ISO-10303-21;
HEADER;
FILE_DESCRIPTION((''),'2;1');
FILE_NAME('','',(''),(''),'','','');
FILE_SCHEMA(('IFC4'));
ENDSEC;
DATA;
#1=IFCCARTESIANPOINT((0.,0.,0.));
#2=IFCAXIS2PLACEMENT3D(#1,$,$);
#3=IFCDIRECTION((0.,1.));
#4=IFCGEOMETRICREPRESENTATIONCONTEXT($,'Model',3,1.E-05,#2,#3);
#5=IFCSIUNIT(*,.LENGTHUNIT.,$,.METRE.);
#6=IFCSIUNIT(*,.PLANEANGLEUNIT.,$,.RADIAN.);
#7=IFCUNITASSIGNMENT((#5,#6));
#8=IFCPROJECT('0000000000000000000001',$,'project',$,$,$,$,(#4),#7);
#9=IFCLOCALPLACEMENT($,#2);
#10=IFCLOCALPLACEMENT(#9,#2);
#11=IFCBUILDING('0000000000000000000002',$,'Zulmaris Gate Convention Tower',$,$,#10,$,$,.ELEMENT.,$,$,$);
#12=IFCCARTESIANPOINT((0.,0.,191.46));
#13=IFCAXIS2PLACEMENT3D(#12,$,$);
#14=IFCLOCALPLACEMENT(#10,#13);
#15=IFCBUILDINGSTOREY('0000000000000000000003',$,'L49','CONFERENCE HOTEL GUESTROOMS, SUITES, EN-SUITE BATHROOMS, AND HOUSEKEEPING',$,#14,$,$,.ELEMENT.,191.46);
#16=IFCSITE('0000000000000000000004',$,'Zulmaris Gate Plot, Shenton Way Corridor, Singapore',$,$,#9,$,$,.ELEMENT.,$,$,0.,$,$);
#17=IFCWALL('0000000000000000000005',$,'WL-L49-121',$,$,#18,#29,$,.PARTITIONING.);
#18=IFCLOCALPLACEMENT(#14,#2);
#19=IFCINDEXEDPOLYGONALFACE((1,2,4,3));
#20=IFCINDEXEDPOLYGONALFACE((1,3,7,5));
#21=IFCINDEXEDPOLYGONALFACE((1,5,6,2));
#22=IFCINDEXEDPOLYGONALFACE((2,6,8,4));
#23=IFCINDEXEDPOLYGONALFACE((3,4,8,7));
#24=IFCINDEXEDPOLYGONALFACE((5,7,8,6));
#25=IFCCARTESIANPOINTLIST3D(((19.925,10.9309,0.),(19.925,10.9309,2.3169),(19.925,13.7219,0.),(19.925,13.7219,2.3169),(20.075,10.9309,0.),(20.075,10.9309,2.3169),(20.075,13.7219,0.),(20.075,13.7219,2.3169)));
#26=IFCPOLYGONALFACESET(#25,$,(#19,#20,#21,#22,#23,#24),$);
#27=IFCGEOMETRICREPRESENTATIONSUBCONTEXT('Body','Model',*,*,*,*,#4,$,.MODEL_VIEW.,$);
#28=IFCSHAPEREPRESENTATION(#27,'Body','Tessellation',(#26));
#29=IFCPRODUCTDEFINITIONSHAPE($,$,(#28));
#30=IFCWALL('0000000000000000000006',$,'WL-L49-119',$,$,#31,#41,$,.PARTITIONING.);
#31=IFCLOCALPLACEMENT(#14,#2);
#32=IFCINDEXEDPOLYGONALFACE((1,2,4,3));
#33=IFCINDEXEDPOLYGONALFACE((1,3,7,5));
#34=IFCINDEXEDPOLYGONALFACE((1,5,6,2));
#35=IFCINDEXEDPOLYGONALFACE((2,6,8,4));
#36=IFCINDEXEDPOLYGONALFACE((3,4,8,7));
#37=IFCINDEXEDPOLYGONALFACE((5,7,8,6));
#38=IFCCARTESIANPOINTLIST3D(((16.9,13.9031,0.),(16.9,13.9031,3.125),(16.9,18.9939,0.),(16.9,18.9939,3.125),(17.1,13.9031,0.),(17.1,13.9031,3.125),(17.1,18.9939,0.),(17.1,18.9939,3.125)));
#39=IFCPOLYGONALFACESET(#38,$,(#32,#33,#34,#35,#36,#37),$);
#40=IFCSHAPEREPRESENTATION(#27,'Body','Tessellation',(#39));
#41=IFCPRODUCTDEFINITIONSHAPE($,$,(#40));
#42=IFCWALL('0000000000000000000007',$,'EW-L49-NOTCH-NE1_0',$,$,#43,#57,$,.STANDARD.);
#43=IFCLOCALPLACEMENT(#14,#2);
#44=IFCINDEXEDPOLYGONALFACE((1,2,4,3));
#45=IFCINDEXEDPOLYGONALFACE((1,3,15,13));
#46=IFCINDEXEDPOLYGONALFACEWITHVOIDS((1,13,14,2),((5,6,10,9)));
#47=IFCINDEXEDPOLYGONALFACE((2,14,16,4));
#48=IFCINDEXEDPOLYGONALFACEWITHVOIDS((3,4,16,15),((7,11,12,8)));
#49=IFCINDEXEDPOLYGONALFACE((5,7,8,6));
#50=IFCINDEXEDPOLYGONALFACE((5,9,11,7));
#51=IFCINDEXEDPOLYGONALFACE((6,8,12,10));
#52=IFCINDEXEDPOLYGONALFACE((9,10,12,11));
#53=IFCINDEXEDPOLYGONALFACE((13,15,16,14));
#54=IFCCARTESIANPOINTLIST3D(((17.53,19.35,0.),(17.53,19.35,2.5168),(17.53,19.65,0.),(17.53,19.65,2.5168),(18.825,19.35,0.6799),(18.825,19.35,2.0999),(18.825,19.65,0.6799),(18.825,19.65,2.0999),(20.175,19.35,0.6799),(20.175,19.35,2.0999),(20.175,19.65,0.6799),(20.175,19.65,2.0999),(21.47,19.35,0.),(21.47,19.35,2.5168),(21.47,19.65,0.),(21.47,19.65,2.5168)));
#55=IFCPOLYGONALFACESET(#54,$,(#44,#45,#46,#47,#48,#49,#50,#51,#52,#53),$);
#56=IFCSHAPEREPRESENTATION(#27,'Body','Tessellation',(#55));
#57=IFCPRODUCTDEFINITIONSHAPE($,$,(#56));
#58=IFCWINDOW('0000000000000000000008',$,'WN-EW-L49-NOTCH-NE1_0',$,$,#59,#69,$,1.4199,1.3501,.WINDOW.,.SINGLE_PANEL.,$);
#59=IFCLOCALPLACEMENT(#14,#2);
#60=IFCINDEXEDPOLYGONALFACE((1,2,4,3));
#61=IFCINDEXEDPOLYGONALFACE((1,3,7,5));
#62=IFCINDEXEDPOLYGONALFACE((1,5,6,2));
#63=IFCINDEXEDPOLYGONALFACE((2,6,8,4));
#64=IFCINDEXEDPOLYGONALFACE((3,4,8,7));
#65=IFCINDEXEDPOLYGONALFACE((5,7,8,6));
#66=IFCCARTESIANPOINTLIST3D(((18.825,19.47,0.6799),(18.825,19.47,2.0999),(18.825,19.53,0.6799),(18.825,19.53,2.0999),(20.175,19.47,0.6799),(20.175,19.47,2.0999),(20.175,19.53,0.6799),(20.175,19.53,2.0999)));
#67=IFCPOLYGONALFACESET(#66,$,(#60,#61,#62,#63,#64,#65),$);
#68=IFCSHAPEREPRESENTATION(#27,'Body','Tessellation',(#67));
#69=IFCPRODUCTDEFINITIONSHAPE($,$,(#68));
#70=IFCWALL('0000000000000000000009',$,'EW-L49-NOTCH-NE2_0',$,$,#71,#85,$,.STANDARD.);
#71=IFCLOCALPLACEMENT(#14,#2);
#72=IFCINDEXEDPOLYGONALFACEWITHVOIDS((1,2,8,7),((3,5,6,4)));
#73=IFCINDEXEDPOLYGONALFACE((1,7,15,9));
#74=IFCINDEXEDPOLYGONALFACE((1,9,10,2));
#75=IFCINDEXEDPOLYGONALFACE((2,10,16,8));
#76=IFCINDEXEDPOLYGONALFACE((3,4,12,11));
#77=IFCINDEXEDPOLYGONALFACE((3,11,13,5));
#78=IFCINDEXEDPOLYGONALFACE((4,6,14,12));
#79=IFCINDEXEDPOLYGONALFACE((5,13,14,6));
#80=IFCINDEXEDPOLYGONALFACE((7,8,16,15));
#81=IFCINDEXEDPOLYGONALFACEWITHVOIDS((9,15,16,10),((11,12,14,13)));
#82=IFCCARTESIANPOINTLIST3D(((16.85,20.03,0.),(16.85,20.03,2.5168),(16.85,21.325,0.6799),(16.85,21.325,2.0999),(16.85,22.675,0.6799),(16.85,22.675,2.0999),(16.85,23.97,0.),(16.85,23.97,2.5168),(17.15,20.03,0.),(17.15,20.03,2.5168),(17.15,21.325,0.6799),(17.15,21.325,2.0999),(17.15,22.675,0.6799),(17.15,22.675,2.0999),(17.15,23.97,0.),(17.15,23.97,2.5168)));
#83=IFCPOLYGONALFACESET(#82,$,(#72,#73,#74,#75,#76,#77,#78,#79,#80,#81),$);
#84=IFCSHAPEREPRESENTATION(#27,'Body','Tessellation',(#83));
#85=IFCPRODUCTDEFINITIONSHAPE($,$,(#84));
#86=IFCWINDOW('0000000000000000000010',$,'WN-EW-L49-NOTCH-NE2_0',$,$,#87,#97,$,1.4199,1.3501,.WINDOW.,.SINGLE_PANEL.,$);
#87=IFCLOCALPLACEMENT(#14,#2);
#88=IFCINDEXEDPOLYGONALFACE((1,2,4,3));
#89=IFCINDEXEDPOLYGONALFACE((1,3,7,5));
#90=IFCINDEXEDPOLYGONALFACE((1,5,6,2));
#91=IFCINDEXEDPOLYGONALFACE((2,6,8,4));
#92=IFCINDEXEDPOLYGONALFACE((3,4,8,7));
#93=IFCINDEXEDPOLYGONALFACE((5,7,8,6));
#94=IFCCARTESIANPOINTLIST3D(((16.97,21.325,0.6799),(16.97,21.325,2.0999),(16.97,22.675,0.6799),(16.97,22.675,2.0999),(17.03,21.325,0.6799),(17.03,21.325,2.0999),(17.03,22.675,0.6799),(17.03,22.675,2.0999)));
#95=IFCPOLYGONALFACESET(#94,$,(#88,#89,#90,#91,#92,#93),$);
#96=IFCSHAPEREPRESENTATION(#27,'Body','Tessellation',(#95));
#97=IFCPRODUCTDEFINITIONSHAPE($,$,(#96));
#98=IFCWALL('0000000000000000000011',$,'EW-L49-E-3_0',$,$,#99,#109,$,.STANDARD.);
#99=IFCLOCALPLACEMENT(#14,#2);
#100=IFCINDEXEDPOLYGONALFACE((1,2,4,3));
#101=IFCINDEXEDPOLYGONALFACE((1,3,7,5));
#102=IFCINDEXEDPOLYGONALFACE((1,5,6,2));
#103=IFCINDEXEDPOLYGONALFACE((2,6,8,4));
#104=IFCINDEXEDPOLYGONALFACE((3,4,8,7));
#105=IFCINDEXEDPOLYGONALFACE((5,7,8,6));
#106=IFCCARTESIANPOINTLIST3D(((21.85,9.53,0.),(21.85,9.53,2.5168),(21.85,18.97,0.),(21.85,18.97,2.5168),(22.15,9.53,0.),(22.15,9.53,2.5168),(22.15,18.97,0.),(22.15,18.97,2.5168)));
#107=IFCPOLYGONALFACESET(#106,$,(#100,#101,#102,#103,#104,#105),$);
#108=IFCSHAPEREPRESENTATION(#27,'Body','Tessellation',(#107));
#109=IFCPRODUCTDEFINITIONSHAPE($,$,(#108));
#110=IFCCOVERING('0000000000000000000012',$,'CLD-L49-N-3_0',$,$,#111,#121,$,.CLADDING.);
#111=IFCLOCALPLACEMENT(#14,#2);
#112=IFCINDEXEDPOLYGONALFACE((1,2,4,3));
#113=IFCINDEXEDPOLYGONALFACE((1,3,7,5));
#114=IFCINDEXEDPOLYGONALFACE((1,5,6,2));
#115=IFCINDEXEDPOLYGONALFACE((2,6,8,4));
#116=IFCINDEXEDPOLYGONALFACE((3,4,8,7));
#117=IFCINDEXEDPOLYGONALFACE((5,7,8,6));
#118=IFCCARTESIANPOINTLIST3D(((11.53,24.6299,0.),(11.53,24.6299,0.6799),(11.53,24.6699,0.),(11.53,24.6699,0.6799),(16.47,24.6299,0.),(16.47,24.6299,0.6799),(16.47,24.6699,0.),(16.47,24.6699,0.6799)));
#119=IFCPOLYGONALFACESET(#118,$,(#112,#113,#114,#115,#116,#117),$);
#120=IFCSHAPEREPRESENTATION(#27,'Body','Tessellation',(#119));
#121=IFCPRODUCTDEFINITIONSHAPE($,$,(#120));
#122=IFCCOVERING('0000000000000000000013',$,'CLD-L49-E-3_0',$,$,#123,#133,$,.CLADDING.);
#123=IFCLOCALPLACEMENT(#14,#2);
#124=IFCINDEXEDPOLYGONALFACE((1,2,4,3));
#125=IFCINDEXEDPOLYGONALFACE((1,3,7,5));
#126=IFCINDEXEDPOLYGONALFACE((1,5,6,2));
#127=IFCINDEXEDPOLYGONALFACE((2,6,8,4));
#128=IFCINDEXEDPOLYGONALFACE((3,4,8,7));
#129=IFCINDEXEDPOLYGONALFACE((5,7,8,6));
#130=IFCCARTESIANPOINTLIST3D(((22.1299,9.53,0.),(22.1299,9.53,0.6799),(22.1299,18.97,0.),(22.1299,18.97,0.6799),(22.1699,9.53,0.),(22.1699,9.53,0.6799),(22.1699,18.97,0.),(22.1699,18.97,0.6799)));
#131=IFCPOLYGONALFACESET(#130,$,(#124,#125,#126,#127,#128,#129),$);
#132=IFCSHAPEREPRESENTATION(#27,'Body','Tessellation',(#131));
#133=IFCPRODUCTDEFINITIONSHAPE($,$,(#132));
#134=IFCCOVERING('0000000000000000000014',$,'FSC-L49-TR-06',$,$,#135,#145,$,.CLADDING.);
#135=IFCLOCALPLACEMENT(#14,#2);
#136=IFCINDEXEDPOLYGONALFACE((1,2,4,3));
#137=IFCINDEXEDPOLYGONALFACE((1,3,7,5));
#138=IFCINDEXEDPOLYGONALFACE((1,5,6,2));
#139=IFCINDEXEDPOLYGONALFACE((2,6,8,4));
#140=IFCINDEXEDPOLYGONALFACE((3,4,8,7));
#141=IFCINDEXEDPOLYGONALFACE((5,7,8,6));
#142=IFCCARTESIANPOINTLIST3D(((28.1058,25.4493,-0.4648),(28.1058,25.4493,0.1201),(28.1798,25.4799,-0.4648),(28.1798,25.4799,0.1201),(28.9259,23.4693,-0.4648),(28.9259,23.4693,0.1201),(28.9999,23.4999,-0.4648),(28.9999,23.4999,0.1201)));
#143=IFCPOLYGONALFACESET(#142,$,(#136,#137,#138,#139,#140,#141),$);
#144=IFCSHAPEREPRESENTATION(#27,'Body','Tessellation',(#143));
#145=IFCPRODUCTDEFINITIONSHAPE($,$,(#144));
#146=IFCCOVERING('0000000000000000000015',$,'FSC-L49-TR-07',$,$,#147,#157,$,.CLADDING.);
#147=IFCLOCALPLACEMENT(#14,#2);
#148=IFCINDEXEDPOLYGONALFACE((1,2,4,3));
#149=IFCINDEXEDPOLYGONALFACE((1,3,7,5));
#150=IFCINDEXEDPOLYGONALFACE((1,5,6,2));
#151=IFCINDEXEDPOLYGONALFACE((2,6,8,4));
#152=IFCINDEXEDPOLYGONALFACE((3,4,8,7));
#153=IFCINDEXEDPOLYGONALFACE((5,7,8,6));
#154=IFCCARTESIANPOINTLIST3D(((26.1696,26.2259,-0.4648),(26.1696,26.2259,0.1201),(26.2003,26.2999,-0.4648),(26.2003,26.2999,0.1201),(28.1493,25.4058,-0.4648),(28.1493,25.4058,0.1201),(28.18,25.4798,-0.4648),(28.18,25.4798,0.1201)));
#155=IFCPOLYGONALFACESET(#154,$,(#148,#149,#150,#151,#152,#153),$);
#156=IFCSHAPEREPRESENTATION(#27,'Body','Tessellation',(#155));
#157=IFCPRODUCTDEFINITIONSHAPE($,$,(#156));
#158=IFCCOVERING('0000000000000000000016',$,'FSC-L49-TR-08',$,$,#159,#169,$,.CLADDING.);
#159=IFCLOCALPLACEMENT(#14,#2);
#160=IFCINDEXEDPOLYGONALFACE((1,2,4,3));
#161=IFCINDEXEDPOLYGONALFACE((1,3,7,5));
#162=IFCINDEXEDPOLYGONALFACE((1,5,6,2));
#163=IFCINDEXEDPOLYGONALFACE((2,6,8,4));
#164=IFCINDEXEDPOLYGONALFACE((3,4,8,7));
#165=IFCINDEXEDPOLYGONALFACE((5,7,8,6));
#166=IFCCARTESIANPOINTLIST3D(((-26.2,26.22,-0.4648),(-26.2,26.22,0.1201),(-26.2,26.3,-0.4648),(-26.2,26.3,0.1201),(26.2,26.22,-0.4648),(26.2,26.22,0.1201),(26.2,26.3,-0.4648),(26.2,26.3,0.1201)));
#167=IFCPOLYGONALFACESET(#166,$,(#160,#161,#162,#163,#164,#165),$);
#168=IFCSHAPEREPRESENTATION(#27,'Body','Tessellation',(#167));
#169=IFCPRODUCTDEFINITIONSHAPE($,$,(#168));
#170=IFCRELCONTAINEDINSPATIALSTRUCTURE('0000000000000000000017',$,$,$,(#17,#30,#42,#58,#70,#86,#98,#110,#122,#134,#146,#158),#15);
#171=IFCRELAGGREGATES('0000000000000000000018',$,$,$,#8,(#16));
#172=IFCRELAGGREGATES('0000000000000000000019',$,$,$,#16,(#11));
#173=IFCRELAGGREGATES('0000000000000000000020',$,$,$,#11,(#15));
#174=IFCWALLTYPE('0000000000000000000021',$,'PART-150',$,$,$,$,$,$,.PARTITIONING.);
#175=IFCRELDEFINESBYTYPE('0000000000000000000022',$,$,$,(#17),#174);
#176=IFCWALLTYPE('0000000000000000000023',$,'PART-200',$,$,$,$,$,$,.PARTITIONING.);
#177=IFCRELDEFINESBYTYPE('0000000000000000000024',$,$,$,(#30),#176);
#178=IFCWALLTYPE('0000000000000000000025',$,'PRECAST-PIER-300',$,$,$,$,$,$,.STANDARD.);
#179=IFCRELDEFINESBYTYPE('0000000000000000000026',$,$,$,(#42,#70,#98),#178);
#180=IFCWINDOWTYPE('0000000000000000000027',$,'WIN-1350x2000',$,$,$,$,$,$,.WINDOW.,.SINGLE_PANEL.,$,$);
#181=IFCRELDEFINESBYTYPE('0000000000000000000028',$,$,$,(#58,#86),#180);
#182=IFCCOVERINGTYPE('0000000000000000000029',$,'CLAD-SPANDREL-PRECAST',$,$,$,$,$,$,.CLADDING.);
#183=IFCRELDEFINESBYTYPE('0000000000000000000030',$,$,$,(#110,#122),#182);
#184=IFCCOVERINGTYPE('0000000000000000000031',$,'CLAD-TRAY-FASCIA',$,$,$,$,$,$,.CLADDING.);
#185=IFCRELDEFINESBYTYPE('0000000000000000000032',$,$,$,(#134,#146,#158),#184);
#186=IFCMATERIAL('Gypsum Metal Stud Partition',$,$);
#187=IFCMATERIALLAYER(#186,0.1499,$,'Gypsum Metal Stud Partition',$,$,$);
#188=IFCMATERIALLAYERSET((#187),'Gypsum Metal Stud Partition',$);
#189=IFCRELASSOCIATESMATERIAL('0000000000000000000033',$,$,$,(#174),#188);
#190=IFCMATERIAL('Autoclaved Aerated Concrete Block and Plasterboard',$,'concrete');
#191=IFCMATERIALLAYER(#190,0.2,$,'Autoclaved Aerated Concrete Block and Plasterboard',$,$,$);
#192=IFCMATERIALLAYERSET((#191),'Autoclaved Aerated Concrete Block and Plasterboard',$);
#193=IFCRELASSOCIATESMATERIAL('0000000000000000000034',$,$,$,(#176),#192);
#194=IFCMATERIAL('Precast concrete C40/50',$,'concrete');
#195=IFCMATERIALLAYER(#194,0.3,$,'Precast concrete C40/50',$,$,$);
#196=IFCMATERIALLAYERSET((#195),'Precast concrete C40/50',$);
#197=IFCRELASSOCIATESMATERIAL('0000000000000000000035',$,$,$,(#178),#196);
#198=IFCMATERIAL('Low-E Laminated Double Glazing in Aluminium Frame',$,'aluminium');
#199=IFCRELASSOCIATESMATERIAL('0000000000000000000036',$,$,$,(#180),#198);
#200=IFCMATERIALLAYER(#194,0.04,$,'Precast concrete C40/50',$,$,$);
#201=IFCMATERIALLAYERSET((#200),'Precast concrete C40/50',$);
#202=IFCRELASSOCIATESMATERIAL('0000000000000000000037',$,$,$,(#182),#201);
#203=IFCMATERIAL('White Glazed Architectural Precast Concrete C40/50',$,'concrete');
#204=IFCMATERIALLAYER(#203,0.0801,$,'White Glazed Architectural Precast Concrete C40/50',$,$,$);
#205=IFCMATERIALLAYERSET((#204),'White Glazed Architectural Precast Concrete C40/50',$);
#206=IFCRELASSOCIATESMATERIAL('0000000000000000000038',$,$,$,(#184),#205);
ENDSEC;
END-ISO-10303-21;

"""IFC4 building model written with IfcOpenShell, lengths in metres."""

from ifc_helpers import new_model, si_unit, direction, frame, frame_2d, origin, place, context, subcontext, project, spatial, rectangle, extrude, material, layer, layer_set, type_object, element, fill, save


model = new_model("IFC4")

# Units and contexts
model_context = context("Model", 3, precision=1e-05, world=origin(), true_north=direction((0.0, 1.0)))
body_context = subcontext(model_context, "Body", "Model", "MODEL_VIEW")
ifc_project = project(units=[si_unit("LENGTHUNIT", "METRE"), si_unit("PLANEANGLEUNIT", "RADIAN")], contexts=[model_context])

# Site, building, storey
site_placement = place(None, origin())
site = spatial("IfcSite", under=ifc_project, at=site_placement, Name="Zulmaris Gate Plot, Shenton Way Corridor, Singapore", CompositionType="ELEMENT", RefElevation=0.0)
building_placement = place(site_placement, origin())
building = spatial("IfcBuilding", under=site, at=building_placement, Name="Zulmaris Gate Convention Tower", CompositionType="ELEMENT")
storey_placement = place(building_placement, frame((0.0, 0.0, 191.46)))
storey = spatial("IfcBuildingStorey", under=building, at=storey_placement, Name="L49", Description="CONFERENCE HOTEL GUESTROOMS, SUITES, EN-SUITE BATHROOMS, AND HOUSEKEEPING", CompositionType="ELEMENT", Elevation=191.46)

# Walls
ifc_material_1 = material(Name="Gypsum Metal Stud Partition")
ifc_layer_1 = layer(ifc_material_1, 0.1499, Name="Gypsum Metal Stud Partition")
ifc_layer_set_1 = layer_set([ifc_layer_1], Name="Gypsum Metal Stud Partition")
wall_type_1 = type_object("IfcWallType", Name="PART-150", PredefinedType="PARTITIONING", material=ifc_layer_set_1)
wall_1_placement = place(storey_placement, frame((20.0, 10.9309, 0.0), z_axis=(0.0, 0.0, 1.0), x_axis=(0.0, 1.0, 0.0)))
element("IfcWall", 1, at=wall_1_placement, inside=storey, type_object=wall_type_1, Name="WL-L49-121", PredefinedType="PARTITIONING", context=body_context, shape_type="SweptSolid", body=[
    extrude(rectangle(XDim=2.791, YDim=0.1499, at=frame_2d((1.3955, 0.0))), origin(), (0.0, 0.0, 1.0), 2.3169),
])
ifc_material_2 = material(Name="Autoclaved Aerated Concrete Block and Plasterboard", Category="concrete")
ifc_layer_2 = layer(ifc_material_2, 0.2, Name="Autoclaved Aerated Concrete Block and Plasterboard")
ifc_layer_set_2 = layer_set([ifc_layer_2], Name="Autoclaved Aerated Concrete Block and Plasterboard")
wall_type_2 = type_object("IfcWallType", Name="PART-200", PredefinedType="PARTITIONING", material=ifc_layer_set_2)
wall_2_placement = place(storey_placement, frame((17.0, 13.9031, 0.0), z_axis=(0.0, 0.0, 1.0), x_axis=(0.0, 1.0, 0.0)))
element("IfcWall", 2, at=wall_2_placement, inside=storey, type_object=wall_type_2, Name="WL-L49-119", PredefinedType="PARTITIONING", context=body_context, shape_type="SweptSolid", body=[
    extrude(rectangle(XDim=5.0908, YDim=0.2, at=frame_2d((2.5454, 0.0))), origin(), (0.0, 0.0, 1.0), 3.125),
])

# Walls, openings, windows
ifc_material_3 = material(Name="Precast concrete C40/50", Category="concrete")
ifc_layer_3 = layer(ifc_material_3, 0.3, Name="Precast concrete C40/50")
ifc_layer_set_3 = layer_set([ifc_layer_3], Name="Precast concrete C40/50")
wall_type_3 = type_object("IfcWallType", Name="PRECAST-PIER-300", PredefinedType="STANDARD", material=ifc_layer_set_3)
wall_3_placement = place(storey_placement, frame((21.47, 19.5, 0.0), z_axis=(0.0, 0.0, 1.0), x_axis=(-1.0, 0.0, 0.0)))
wall_3 = element("IfcWall", 3, at=wall_3_placement, inside=storey, type_object=wall_type_3, Name="EW-L49-NOTCH-NE1_0", PredefinedType="STANDARD", context=body_context, shape_type="SweptSolid", body=[
    extrude(rectangle(XDim=3.9399, YDim=0.3, at=frame_2d((1.97, 0.0))), origin(), (0.0, 0.0, 1.0), 2.5168),
])
opening_1_placement = place(wall_3_placement, frame((1.2949, 0.0, 0.6799)))
opening_1 = element("IfcOpeningElement", 4, at=opening_1_placement, cuts=wall_3, PredefinedType="OPENING", context=body_context, shape_type="SweptSolid", body=[
    extrude(rectangle(XDim=1.3501, YDim=1.4199, at=frame_2d((0.675, 0.71))), frame((0.0, 0.1602, 0.0), z_axis=(0.0, -1.0, 0.0), x_axis=(1.0, 0.0, 0.0)), (0.0, 0.0, 1.0), 0.3201),
])
ifc_material_4 = material(Name="Low-E Laminated Double Glazing in Aluminium Frame", Category="aluminium")
window_type = type_object("IfcWindowType", Name="WIN-1350x2000", PartitioningType="SINGLE_PANEL", PredefinedType="WINDOW", material=ifc_material_4)
window_1_placement = place(opening_1_placement, origin())
window_1 = element("IfcWindow", 5, at=window_1_placement, inside=storey, type_object=window_type, Name="WN-EW-L49-NOTCH-NE1_0", OverallHeight=1.4199, OverallWidth=1.3501, PartitioningType="SINGLE_PANEL", PredefinedType="WINDOW", context=body_context, shape_type="SweptSolid", body=[
    extrude(rectangle(XDim=1.3501, YDim=1.4199, at=frame_2d((0.675, 0.71))), frame((0.0, 0.03, 0.0), z_axis=(0.0, -1.0, 0.0), x_axis=(1.0, 0.0, 0.0)), (0.0, 0.0, 1.0), 0.0601),
])
fill(opening_1, window_1)
wall_4_placement = place(storey_placement, frame((17.0, 20.03, 0.0), z_axis=(0.0, 0.0, 1.0), x_axis=(0.0, 1.0, 0.0)))
wall_4 = element("IfcWall", 6, at=wall_4_placement, inside=storey, type_object=wall_type_3, Name="EW-L49-NOTCH-NE2_0", PredefinedType="STANDARD", context=body_context, shape_type="SweptSolid", body=[
    extrude(rectangle(XDim=3.9399, YDim=0.3, at=frame_2d((1.97, 0.0))), origin(), (0.0, 0.0, 1.0), 2.5168),
])
opening_2_placement = place(wall_4_placement, frame((1.2949, 0.0, 0.6799)))
opening_2 = element("IfcOpeningElement", 7, at=opening_2_placement, cuts=wall_4, PredefinedType="OPENING", context=body_context, shape_type="SweptSolid", body=[
    extrude(rectangle(XDim=1.3501, YDim=1.4199, at=frame_2d((0.675, 0.71))), frame((0.0, 0.1602, 0.0), z_axis=(0.0, -1.0, 0.0), x_axis=(1.0, 0.0, 0.0)), (0.0, 0.0, 1.0), 0.3201),
])
window_2_placement = place(opening_2_placement, origin())
window_2 = element("IfcWindow", 8, at=window_2_placement, inside=storey, type_object=window_type, Name="WN-EW-L49-NOTCH-NE2_0", OverallHeight=1.4199, OverallWidth=1.3501, PartitioningType="SINGLE_PANEL", PredefinedType="WINDOW", context=body_context, shape_type="SweptSolid", body=[
    extrude(rectangle(XDim=1.3501, YDim=1.4199, at=frame_2d((0.675, 0.71))), frame((0.0, 0.03, 0.0), z_axis=(0.0, -1.0, 0.0), x_axis=(1.0, 0.0, 0.0)), (0.0, 0.0, 1.0), 0.0601),
])
fill(opening_2, window_2)

# Wall
wall_5_placement = place(storey_placement, frame((22.0, 9.53, 0.0), z_axis=(0.0, 0.0, 1.0), x_axis=(0.0, 1.0, 0.0)))
element("IfcWall", 9, at=wall_5_placement, inside=storey, type_object=wall_type_3, Name="EW-L49-E-3_0", PredefinedType="STANDARD", context=body_context, shape_type="SweptSolid", body=[
    extrude(rectangle(XDim=9.4399, YDim=0.3, at=frame_2d((4.72, 0.0))), origin(), (0.0, 0.0, 1.0), 2.5168),
])

# Coverings
ifc_layer_4 = layer(ifc_material_3, 0.04, Name="Precast concrete C40/50")
ifc_layer_set_4 = layer_set([ifc_layer_4], Name="Precast concrete C40/50")
covering_type_1 = type_object("IfcCoveringType", Name="CLAD-SPANDREL-PRECAST", PredefinedType="CLADDING", material=ifc_layer_set_4)
covering_1_placement = place(storey_placement, frame((16.47, 24.6499, 0.0), z_axis=(0.0, 0.0, 1.0), x_axis=(-1.0, 0.0, 0.0)))
element("IfcCovering", 10, at=covering_1_placement, inside=storey, type_object=covering_type_1, Name="CLD-L49-N-3_0", PredefinedType="CLADDING", context=body_context, shape_type="SweptSolid", body=[
    extrude(rectangle(XDim=4.9399, YDim=0.04, at=frame_2d((2.47, 0.0))), origin(), (0.0, 0.0, 1.0), 0.6799),
])
covering_2_placement = place(storey_placement, frame((22.1499, 9.53, 0.0), z_axis=(0.0, 0.0, 1.0), x_axis=(0.0, 1.0, 0.0)))
element("IfcCovering", 11, at=covering_2_placement, inside=storey, type_object=covering_type_1, Name="CLD-L49-E-3_0", PredefinedType="CLADDING", context=body_context, shape_type="SweptSolid", body=[
    extrude(rectangle(XDim=9.4399, YDim=0.04, at=frame_2d((4.72, 0.0))), origin(), (0.0, 0.0, 1.0), 0.6799),
])
ifc_material_5 = material(Name="White Glazed Architectural Precast Concrete C40/50", Category="concrete")
ifc_layer_5 = layer(ifc_material_5, 0.0801, Name="White Glazed Architectural Precast Concrete C40/50")
ifc_layer_set_5 = layer_set([ifc_layer_5], Name="White Glazed Architectural Precast Concrete C40/50")
covering_type_2 = type_object("IfcCoveringType", Name="CLAD-TRAY-FASCIA", PredefinedType="CLADDING", material=ifc_layer_set_5)
covering_3_placement = place(storey_placement, frame((28.9629, 23.4846, -0.4648), z_axis=(0.0, 0.0, 1.0), x_axis=(-0.382657, 0.92389, 0.0)))
element("IfcCovering", 12, at=covering_3_placement, inside=storey, type_object=covering_type_2, Name="FSC-L49-TR-06", PredefinedType="CLADDING", context=body_context, shape_type="SweptSolid", body=[
    extrude(rectangle(XDim=2.1431, YDim=0.0801, at=frame_2d((1.0715, 0.0))), origin(), (0.0, 0.0, 1.0), 0.585),
])
covering_4_placement = place(storey_placement, frame((28.1646, 25.4429, -0.4648), z_axis=(0.0, 0.0, 1.0), x_axis=(-0.923874, 0.382697, 0.0)))
element("IfcCovering", 13, at=covering_4_placement, inside=storey, type_object=covering_type_2, Name="FSC-L49-TR-07", PredefinedType="CLADDING", context=body_context, shape_type="SweptSolid", body=[
    extrude(rectangle(XDim=2.1428, YDim=0.0801, at=frame_2d((1.0713, 0.0))), origin(), (0.0, 0.0, 1.0), 0.585),
])
covering_5_placement = place(storey_placement, frame((26.2, 26.26, -0.4648), z_axis=(0.0, 0.0, 1.0), x_axis=(-1.0, 0.0, 0.0)))
element("IfcCovering", 14, at=covering_5_placement, inside=storey, type_object=covering_type_2, Name="FSC-L49-TR-08", PredefinedType="CLADDING", context=body_context, shape_type="SweptSolid", body=[
    extrude(rectangle(XDim=52.3999, YDim=0.0801, at=frame_2d((26.2, 0.0))), origin(), (0.0, 0.0, 1.0), 0.585),
])

save(model, "model.ifc")
